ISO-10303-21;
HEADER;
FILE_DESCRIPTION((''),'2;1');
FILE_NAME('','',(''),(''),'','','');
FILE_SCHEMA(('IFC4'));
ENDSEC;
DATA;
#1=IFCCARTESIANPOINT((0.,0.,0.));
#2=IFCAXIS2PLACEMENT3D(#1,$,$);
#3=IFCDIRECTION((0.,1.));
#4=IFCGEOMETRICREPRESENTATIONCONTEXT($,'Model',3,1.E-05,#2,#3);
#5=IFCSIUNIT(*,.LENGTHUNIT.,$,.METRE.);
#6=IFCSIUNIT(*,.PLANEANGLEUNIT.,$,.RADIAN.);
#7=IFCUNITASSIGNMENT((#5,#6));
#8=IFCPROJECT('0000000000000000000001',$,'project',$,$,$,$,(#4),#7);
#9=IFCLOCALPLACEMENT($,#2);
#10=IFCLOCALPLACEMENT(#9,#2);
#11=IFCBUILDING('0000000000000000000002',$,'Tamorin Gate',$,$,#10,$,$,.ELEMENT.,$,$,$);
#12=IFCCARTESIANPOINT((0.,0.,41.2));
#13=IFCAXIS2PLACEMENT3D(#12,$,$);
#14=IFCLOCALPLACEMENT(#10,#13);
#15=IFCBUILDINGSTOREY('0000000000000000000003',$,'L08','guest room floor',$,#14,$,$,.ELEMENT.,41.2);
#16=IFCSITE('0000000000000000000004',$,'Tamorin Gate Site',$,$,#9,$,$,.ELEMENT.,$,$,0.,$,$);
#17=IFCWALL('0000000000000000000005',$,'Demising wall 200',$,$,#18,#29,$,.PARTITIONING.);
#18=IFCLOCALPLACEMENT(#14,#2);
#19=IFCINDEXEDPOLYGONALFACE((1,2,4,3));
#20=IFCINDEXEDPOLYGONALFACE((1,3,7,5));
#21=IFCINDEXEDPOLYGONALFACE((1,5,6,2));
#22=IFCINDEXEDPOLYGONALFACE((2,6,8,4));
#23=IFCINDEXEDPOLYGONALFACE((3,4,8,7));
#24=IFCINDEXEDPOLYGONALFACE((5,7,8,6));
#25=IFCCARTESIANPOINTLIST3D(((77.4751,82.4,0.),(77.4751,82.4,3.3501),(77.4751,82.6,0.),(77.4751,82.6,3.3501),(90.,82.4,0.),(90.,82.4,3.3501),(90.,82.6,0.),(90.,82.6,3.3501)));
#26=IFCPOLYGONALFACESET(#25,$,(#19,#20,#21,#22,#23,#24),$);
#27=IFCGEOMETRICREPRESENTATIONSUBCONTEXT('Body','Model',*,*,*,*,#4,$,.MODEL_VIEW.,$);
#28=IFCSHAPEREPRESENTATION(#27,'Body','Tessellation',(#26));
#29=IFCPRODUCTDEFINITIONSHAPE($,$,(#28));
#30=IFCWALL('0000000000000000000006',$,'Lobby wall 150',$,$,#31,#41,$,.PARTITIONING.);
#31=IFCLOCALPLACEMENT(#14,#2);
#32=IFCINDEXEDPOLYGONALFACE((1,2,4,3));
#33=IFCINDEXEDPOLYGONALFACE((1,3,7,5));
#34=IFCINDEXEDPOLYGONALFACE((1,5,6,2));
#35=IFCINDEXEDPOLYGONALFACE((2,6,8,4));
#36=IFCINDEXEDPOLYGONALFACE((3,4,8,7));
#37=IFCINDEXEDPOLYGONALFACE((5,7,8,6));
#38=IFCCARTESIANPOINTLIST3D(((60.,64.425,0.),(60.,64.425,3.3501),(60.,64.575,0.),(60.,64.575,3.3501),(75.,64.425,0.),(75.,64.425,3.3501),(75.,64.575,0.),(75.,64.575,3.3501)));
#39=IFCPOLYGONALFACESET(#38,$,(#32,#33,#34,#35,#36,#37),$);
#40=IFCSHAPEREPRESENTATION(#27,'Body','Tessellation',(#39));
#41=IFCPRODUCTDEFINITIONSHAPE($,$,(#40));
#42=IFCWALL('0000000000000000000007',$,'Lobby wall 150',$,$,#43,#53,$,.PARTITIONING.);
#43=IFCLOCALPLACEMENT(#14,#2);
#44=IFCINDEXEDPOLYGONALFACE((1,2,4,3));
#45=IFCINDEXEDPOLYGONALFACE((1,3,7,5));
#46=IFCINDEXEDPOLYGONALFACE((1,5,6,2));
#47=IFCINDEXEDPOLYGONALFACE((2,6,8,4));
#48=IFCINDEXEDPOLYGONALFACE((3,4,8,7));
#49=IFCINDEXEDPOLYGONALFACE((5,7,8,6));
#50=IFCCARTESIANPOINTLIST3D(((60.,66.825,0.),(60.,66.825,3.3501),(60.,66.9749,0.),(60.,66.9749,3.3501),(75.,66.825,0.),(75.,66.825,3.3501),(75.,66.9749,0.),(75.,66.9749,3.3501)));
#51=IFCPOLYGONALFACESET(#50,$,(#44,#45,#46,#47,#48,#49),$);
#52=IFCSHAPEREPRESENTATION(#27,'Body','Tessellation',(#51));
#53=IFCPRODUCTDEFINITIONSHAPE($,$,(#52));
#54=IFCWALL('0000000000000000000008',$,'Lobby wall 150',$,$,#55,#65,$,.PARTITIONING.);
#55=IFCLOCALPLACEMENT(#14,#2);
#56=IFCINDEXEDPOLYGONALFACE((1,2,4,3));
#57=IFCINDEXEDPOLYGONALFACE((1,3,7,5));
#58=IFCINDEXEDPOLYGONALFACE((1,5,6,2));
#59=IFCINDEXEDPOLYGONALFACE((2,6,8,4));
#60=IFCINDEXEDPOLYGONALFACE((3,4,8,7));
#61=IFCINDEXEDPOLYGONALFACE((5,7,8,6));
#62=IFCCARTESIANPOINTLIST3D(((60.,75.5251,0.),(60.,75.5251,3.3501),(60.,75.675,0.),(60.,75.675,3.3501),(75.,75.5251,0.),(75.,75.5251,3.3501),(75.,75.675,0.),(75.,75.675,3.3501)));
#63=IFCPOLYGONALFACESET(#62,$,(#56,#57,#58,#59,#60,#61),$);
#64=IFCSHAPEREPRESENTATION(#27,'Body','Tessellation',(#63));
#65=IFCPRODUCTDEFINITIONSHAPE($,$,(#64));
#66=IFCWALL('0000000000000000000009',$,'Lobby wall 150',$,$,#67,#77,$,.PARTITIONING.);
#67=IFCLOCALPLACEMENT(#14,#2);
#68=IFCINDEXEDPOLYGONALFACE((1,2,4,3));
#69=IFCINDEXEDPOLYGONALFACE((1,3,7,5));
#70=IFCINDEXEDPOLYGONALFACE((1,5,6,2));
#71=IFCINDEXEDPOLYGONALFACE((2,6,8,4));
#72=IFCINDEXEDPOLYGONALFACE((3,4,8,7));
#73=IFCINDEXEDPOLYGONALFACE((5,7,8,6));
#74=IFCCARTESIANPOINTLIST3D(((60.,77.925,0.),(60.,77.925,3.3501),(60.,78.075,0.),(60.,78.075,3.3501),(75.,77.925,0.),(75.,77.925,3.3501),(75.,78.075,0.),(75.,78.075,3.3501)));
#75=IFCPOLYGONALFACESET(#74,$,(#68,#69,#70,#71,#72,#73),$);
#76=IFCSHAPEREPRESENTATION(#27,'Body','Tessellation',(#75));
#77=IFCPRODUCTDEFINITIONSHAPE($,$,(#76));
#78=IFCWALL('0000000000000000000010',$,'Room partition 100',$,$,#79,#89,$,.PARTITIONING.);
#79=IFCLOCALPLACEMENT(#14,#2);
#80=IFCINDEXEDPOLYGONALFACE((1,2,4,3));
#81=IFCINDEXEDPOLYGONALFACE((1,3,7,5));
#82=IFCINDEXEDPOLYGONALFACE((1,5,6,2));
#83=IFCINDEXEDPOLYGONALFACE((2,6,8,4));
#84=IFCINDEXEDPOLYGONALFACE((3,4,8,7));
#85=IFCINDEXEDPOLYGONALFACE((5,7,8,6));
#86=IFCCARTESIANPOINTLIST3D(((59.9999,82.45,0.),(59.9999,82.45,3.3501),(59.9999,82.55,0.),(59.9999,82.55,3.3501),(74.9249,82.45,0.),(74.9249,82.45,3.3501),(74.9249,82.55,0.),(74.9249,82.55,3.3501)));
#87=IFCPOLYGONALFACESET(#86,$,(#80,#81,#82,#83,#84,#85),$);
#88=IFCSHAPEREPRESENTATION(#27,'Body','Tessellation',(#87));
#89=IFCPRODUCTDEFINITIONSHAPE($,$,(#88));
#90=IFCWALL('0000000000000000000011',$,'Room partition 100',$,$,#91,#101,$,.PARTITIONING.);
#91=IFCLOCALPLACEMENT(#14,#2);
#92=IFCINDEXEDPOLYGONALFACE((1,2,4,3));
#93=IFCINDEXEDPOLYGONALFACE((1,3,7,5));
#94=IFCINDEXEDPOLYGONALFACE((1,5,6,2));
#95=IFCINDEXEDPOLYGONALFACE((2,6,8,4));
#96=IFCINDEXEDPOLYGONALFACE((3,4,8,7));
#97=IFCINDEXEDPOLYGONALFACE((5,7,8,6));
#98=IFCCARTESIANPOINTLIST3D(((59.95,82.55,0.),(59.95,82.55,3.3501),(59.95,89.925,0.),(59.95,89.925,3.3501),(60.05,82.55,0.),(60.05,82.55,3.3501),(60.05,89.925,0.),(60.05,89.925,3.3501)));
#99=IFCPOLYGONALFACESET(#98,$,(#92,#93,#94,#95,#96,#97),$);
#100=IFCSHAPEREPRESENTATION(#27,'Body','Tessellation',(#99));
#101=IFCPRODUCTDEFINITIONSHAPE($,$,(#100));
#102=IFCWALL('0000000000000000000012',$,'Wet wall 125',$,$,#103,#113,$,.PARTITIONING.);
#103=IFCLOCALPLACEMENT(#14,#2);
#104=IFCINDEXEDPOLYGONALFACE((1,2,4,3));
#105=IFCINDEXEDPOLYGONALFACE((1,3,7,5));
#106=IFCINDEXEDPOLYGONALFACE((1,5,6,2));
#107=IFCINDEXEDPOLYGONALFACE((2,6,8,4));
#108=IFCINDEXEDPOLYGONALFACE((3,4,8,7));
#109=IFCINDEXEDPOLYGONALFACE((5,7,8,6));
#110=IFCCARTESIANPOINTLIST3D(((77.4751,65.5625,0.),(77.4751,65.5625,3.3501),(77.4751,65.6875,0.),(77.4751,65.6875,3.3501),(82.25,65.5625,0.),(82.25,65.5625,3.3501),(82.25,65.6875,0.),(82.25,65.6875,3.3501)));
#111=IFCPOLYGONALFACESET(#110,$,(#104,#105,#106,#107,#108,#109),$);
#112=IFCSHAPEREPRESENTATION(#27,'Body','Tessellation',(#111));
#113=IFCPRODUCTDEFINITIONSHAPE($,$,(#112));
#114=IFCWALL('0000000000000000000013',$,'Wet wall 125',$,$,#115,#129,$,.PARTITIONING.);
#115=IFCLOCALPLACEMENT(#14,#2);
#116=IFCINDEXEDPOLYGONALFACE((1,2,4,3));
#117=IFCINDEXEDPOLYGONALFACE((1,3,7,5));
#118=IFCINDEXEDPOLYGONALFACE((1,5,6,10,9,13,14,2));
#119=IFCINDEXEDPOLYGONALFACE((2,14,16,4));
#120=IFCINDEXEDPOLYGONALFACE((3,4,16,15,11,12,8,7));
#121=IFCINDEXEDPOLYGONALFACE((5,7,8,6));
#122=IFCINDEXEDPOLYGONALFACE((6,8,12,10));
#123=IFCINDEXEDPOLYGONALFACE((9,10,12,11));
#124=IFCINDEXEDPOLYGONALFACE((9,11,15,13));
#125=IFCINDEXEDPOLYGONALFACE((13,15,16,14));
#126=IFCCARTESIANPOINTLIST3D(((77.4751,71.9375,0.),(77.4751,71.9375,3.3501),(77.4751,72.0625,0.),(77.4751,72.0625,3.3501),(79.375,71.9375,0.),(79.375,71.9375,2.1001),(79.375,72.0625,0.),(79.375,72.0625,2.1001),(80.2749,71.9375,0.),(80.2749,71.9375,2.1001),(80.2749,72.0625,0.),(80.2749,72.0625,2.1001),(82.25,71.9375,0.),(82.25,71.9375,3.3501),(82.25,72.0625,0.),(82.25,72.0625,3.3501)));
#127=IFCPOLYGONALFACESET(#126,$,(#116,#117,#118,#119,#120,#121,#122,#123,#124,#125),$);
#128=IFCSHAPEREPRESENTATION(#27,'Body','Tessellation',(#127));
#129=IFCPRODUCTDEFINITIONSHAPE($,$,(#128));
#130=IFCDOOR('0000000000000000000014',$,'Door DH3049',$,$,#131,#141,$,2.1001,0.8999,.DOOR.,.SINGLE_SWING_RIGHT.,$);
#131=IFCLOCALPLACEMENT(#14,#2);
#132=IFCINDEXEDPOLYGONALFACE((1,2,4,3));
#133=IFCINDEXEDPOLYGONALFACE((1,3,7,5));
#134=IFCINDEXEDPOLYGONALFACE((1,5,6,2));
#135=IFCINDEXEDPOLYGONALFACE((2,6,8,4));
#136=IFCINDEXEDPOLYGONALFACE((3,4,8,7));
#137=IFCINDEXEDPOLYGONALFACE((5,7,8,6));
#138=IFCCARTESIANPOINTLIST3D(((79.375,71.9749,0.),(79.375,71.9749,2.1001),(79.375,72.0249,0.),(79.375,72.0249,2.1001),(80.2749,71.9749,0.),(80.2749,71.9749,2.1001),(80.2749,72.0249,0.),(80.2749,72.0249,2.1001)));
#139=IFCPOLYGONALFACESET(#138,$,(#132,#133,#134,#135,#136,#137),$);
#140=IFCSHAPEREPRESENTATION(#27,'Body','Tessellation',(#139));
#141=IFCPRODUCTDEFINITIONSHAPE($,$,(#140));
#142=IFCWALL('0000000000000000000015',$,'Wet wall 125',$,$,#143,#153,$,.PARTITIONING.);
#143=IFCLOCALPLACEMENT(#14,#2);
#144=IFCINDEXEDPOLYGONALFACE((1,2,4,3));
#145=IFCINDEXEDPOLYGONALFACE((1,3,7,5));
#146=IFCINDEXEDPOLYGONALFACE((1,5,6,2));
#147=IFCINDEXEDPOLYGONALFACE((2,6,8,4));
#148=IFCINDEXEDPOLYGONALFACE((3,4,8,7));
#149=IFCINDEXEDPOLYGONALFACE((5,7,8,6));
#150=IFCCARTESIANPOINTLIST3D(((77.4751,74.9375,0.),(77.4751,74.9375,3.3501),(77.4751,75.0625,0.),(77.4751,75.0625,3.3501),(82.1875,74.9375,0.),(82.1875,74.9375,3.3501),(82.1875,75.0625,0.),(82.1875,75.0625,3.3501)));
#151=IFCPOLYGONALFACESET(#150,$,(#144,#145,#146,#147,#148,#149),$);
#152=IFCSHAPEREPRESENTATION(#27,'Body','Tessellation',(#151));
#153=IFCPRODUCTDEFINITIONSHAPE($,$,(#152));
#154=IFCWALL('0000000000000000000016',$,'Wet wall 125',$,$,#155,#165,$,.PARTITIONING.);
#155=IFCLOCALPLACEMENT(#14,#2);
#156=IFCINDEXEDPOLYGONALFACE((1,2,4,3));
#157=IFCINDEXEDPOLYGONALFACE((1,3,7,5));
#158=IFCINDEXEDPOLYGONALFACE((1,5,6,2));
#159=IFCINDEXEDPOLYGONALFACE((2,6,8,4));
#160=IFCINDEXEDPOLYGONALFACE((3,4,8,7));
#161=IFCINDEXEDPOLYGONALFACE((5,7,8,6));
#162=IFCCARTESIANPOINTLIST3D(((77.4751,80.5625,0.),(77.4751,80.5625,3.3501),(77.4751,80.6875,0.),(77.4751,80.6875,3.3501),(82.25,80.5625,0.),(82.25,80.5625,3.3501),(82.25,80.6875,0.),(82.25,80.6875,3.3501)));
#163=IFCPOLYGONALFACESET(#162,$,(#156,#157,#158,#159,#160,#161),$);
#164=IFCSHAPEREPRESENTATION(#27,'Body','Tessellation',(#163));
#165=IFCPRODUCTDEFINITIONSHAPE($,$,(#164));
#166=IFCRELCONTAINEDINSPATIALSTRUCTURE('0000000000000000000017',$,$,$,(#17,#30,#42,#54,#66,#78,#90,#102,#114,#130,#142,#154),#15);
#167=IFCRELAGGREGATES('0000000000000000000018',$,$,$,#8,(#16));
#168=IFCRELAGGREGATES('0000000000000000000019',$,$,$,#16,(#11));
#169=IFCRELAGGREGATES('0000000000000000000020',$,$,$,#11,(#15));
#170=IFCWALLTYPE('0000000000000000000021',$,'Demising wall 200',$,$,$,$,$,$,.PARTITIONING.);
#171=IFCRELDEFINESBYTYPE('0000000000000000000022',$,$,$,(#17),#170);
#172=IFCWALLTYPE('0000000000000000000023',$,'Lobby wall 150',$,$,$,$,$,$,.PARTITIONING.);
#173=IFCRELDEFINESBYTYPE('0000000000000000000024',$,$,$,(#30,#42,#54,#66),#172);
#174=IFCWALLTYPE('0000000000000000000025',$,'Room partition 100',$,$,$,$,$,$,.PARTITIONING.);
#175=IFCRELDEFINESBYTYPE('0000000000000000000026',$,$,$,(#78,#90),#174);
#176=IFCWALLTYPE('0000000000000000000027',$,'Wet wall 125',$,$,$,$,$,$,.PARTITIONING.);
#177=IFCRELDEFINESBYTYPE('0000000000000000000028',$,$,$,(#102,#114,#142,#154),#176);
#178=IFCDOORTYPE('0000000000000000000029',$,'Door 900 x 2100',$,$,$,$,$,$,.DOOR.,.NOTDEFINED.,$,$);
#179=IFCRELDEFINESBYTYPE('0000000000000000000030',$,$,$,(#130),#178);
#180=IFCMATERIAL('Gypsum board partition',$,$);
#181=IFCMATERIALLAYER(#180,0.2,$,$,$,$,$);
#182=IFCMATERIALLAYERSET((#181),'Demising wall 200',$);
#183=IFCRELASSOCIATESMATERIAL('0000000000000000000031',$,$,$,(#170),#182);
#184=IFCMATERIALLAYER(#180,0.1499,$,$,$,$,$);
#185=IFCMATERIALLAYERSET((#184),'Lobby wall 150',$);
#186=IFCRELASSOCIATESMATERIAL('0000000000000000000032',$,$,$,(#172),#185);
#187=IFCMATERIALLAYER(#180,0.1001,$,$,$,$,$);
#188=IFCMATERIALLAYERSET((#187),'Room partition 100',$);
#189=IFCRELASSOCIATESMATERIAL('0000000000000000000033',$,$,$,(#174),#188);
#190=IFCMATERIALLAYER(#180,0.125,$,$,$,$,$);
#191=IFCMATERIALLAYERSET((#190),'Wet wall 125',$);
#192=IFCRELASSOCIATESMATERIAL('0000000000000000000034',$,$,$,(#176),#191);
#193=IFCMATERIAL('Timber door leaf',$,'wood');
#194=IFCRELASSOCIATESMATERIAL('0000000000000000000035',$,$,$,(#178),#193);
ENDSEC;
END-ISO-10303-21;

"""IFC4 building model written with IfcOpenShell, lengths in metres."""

from ifc_helpers import new_model, si_unit, direction, frame, frame_2d, origin, place, context, subcontext, project, spatial, rectangle, extrude, material, layer, layer_set, type_object, element, fill, save


model = new_model("IFC4")

# Units and contexts
model_context = context("Model", 3, precision=1e-05, world=origin(), true_north=direction((0.0, 1.0)))
body_context = subcontext(model_context, "Body", "Model", "MODEL_VIEW")
ifc_project = project(units=[si_unit("LENGTHUNIT", "METRE"), si_unit("PLANEANGLEUNIT", "RADIAN")], contexts=[model_context])

# Site, building, storey
site_placement = place(None, origin())
site = spatial("IfcSite", under=ifc_project, at=site_placement, Name="Tamorin Gate Site", CompositionType="ELEMENT", RefElevation=0.0)
building_placement = place(site_placement, origin())
building = spatial("IfcBuilding", under=site, at=building_placement, Name="Tamorin Gate", CompositionType="ELEMENT")
storey_placement = place(building_placement, frame((0.0, 0.0, 41.2)))
storey = spatial("IfcBuildingStorey", under=building, at=storey_placement, Name="L08", Description="guest room floor", CompositionType="ELEMENT", Elevation=41.2)

# Shared definitions
ifc_material_1 = material(Name="Gypsum board partition")
ifc_material_2 = material(Name="Timber door leaf", Category="wood")

# Walls
ifc_layer_1 = layer(ifc_material_1, 0.2)
ifc_layer_set_1 = layer_set([ifc_layer_1], Name="Demising wall 200")
wall_type_1 = type_object("IfcWallType", Name="Demising wall 200", PredefinedType="PARTITIONING", material=ifc_layer_set_1)
wall_1_placement = place(storey_placement, frame((77.4751, 82.5, 0.0), z_axis=(0.0, 0.0, 1.0), x_axis=(1.0, 0.0, 0.0)))
element("IfcWall", 1, at=wall_1_placement, inside=storey, type_object=wall_type_1, Name="Demising wall 200", PredefinedType="PARTITIONING", context=body_context, shape_type="SweptSolid", body=[
    extrude(rectangle(XDim=12.5249, YDim=0.2, at=frame_2d((6.2625, 0.0))), origin(), (0.0, 0.0, 1.0), 3.3501),
])
ifc_layer_2 = layer(ifc_material_1, 0.1499)
ifc_layer_set_2 = layer_set([ifc_layer_2], Name="Lobby wall 150")
wall_type_2 = type_object("IfcWallType", Name="Lobby wall 150", PredefinedType="PARTITIONING", material=ifc_layer_set_2)
for number, where, z_axis, x_axis, name in (
    (2, (60.0, 64.5, 0.0), (0.0, 0.0, 1.0), (1.0, 0.0, 0.0), "Lobby wall 150"),
    (3, (60.0, 66.8999, 0.0), (0.0, 0.0, 1.0), (1.0, 0.0, 0.0), "Lobby wall 150"),
    (4, (60.0, 75.6001, 0.0), (0.0, 0.0, 1.0), (1.0, 0.0, 0.0), "Lobby wall 150"),
    (5, (60.0, 78.0, 0.0), (0.0, 0.0, 1.0), (1.0, 0.0, 0.0), "Lobby wall 150"),
):
    element("IfcWall", number, at=place(storey_placement, frame(where, z_axis=z_axis, x_axis=x_axis)), inside=storey, type_object=wall_type_2, Name=name, PredefinedType="PARTITIONING", context=body_context, shape_type="SweptSolid", body=[
        extrude(rectangle(XDim=15.0, YDim=0.1499, at=frame_2d((7.5, 0.0))), origin(), (0.0, 0.0, 1.0), 3.3501),
    ])
ifc_layer_3 = layer(ifc_material_1, 0.1001)
ifc_layer_set_3 = layer_set([ifc_layer_3], Name="Room partition 100")
wall_type_3 = type_object("IfcWallType", Name="Room partition 100", PredefinedType="PARTITIONING", material=ifc_layer_set_3)
wall_2_placement = place(storey_placement, frame((60.0, 82.5, 0.0), z_axis=(0.0, 0.0, 1.0), x_axis=(1.0, 0.0, 0.0)))
element("IfcWall", 6, at=wall_2_placement, inside=storey, type_object=wall_type_3, Name="Room partition 100", PredefinedType="PARTITIONING", context=body_context, shape_type="SweptSolid", body=[
    extrude(rectangle(XDim=14.925, YDim=0.1001, at=frame_2d((7.4624, 0.0))), origin(), (0.0, 0.0, 1.0), 3.3501),
])
wall_3_placement = place(storey_placement, frame((60.0, 82.55, 0.0), z_axis=(0.0, 0.0, 1.0), x_axis=(0.0, 1.0, 0.0)))
element("IfcWall", 7, at=wall_3_placement, inside=storey, type_object=wall_type_3, Name="Room partition 100", PredefinedType="PARTITIONING", context=body_context, shape_type="SweptSolid", body=[
    extrude(rectangle(XDim=7.375, YDim=0.1001, at=frame_2d((3.6875, 0.0))), origin(), (0.0, 0.0, 1.0), 3.3501),
])
ifc_layer_4 = layer(ifc_material_1, 0.125)
ifc_layer_set_4 = layer_set([ifc_layer_4], Name="Wet wall 125")
wall_type_4 = type_object("IfcWallType", Name="Wet wall 125", PredefinedType="PARTITIONING", material=ifc_layer_set_4)
wall_4_placement = place(storey_placement, frame((77.4751, 65.625, 0.0), z_axis=(0.0, 0.0, 1.0), x_axis=(1.0, 0.0, 0.0)))
element("IfcWall", 8, at=wall_4_placement, inside=storey, type_object=wall_type_4, Name="Wet wall 125", PredefinedType="PARTITIONING", context=body_context, shape_type="SweptSolid", body=[
    extrude(rectangle(XDim=4.7749, YDim=0.125, at=frame_2d((2.3875, 0.0))), origin(), (0.0, 0.0, 1.0), 3.3501),
])

# Wall, opening, door
wall_5_placement = place(storey_placement, frame((77.4751, 72.0, 0.0), z_axis=(0.0, 0.0, 1.0), x_axis=(1.0, 0.0, 0.0)))
wall_5 = element("IfcWall", 9, at=wall_5_placement, inside=storey, type_object=wall_type_4, Name="Wet wall 125", PredefinedType="PARTITIONING", context=body_context, shape_type="SweptSolid", body=[
    extrude(rectangle(XDim=4.7749, YDim=0.125, at=frame_2d((2.3875, 0.0))), origin(), (0.0, 0.0, 1.0), 3.3501),
])
opening_1_placement = place(wall_5_placement, frame((1.8999, 0.0, 0.0)))
opening_1 = element("IfcOpeningElement", 10, at=opening_1_placement, cuts=wall_5, PredefinedType="OPENING", context=body_context, shape_type="SweptSolid", body=[
    extrude(rectangle(XDim=0.8999, YDim=2.1001, at=frame_2d((0.45, 1.05))), frame((0.0, 0.0725, 0.0), z_axis=(0.0, -1.0, 0.0), x_axis=(1.0, 0.0, 0.0)), (0.0, 0.0, 1.0), 0.145),
])
door_type_1 = type_object("IfcDoorType", Name="Door 900 x 2100", OperationType="NOTDEFINED", PredefinedType="DOOR", material=ifc_material_2)
door_1_placement = place(opening_1_placement, origin())
door_1 = element("IfcDoor", 11, at=door_1_placement, inside=storey, type_object=door_type_1, Name="Door DH3049", OperationType="SINGLE_SWING_RIGHT", OverallHeight=2.1001, OverallWidth=0.8999, PredefinedType="DOOR", context=body_context, shape_type="SweptSolid", body=[
    extrude(rectangle(XDim=0.8999, YDim=2.1001, at=frame_2d((0.45, 1.05))), frame((0.0, 0.0249, 0.0), z_axis=(0.0, -1.0, 0.0), x_axis=(1.0, 0.0, 0.0)), (0.0, 0.0, 1.0), 0.05),
])
fill(opening_1, door_1)

# Walls
wall_6_placement = place(storey_placement, frame((77.4751, 75.0, 0.0), z_axis=(0.0, 0.0, 1.0), x_axis=(1.0, 0.0, 0.0)))
element("IfcWall", 12, at=wall_6_placement, inside=storey, type_object=wall_type_4, Name="Wet wall 125", PredefinedType="PARTITIONING", context=body_context, shape_type="SweptSolid", body=[
    extrude(rectangle(XDim=4.7124, YDim=0.125, at=frame_2d((2.3562, 0.0))), origin(), (0.0, 0.0, 1.0), 3.3501),
])
wall_7_placement = place(storey_placement, frame((77.4751, 80.625, 0.0), z_axis=(0.0, 0.0, 1.0), x_axis=(1.0, 0.0, 0.0)))
element("IfcWall", 13, at=wall_7_placement, inside=storey, type_object=wall_type_4, Name="Wet wall 125", PredefinedType="PARTITIONING", context=body_context, shape_type="SweptSolid", body=[
    extrude(rectangle(XDim=4.7749, YDim=0.125, at=frame_2d((2.3875, 0.0))), origin(), (0.0, 0.0, 1.0), 3.3501),
])

save(model, "model.ifc")
